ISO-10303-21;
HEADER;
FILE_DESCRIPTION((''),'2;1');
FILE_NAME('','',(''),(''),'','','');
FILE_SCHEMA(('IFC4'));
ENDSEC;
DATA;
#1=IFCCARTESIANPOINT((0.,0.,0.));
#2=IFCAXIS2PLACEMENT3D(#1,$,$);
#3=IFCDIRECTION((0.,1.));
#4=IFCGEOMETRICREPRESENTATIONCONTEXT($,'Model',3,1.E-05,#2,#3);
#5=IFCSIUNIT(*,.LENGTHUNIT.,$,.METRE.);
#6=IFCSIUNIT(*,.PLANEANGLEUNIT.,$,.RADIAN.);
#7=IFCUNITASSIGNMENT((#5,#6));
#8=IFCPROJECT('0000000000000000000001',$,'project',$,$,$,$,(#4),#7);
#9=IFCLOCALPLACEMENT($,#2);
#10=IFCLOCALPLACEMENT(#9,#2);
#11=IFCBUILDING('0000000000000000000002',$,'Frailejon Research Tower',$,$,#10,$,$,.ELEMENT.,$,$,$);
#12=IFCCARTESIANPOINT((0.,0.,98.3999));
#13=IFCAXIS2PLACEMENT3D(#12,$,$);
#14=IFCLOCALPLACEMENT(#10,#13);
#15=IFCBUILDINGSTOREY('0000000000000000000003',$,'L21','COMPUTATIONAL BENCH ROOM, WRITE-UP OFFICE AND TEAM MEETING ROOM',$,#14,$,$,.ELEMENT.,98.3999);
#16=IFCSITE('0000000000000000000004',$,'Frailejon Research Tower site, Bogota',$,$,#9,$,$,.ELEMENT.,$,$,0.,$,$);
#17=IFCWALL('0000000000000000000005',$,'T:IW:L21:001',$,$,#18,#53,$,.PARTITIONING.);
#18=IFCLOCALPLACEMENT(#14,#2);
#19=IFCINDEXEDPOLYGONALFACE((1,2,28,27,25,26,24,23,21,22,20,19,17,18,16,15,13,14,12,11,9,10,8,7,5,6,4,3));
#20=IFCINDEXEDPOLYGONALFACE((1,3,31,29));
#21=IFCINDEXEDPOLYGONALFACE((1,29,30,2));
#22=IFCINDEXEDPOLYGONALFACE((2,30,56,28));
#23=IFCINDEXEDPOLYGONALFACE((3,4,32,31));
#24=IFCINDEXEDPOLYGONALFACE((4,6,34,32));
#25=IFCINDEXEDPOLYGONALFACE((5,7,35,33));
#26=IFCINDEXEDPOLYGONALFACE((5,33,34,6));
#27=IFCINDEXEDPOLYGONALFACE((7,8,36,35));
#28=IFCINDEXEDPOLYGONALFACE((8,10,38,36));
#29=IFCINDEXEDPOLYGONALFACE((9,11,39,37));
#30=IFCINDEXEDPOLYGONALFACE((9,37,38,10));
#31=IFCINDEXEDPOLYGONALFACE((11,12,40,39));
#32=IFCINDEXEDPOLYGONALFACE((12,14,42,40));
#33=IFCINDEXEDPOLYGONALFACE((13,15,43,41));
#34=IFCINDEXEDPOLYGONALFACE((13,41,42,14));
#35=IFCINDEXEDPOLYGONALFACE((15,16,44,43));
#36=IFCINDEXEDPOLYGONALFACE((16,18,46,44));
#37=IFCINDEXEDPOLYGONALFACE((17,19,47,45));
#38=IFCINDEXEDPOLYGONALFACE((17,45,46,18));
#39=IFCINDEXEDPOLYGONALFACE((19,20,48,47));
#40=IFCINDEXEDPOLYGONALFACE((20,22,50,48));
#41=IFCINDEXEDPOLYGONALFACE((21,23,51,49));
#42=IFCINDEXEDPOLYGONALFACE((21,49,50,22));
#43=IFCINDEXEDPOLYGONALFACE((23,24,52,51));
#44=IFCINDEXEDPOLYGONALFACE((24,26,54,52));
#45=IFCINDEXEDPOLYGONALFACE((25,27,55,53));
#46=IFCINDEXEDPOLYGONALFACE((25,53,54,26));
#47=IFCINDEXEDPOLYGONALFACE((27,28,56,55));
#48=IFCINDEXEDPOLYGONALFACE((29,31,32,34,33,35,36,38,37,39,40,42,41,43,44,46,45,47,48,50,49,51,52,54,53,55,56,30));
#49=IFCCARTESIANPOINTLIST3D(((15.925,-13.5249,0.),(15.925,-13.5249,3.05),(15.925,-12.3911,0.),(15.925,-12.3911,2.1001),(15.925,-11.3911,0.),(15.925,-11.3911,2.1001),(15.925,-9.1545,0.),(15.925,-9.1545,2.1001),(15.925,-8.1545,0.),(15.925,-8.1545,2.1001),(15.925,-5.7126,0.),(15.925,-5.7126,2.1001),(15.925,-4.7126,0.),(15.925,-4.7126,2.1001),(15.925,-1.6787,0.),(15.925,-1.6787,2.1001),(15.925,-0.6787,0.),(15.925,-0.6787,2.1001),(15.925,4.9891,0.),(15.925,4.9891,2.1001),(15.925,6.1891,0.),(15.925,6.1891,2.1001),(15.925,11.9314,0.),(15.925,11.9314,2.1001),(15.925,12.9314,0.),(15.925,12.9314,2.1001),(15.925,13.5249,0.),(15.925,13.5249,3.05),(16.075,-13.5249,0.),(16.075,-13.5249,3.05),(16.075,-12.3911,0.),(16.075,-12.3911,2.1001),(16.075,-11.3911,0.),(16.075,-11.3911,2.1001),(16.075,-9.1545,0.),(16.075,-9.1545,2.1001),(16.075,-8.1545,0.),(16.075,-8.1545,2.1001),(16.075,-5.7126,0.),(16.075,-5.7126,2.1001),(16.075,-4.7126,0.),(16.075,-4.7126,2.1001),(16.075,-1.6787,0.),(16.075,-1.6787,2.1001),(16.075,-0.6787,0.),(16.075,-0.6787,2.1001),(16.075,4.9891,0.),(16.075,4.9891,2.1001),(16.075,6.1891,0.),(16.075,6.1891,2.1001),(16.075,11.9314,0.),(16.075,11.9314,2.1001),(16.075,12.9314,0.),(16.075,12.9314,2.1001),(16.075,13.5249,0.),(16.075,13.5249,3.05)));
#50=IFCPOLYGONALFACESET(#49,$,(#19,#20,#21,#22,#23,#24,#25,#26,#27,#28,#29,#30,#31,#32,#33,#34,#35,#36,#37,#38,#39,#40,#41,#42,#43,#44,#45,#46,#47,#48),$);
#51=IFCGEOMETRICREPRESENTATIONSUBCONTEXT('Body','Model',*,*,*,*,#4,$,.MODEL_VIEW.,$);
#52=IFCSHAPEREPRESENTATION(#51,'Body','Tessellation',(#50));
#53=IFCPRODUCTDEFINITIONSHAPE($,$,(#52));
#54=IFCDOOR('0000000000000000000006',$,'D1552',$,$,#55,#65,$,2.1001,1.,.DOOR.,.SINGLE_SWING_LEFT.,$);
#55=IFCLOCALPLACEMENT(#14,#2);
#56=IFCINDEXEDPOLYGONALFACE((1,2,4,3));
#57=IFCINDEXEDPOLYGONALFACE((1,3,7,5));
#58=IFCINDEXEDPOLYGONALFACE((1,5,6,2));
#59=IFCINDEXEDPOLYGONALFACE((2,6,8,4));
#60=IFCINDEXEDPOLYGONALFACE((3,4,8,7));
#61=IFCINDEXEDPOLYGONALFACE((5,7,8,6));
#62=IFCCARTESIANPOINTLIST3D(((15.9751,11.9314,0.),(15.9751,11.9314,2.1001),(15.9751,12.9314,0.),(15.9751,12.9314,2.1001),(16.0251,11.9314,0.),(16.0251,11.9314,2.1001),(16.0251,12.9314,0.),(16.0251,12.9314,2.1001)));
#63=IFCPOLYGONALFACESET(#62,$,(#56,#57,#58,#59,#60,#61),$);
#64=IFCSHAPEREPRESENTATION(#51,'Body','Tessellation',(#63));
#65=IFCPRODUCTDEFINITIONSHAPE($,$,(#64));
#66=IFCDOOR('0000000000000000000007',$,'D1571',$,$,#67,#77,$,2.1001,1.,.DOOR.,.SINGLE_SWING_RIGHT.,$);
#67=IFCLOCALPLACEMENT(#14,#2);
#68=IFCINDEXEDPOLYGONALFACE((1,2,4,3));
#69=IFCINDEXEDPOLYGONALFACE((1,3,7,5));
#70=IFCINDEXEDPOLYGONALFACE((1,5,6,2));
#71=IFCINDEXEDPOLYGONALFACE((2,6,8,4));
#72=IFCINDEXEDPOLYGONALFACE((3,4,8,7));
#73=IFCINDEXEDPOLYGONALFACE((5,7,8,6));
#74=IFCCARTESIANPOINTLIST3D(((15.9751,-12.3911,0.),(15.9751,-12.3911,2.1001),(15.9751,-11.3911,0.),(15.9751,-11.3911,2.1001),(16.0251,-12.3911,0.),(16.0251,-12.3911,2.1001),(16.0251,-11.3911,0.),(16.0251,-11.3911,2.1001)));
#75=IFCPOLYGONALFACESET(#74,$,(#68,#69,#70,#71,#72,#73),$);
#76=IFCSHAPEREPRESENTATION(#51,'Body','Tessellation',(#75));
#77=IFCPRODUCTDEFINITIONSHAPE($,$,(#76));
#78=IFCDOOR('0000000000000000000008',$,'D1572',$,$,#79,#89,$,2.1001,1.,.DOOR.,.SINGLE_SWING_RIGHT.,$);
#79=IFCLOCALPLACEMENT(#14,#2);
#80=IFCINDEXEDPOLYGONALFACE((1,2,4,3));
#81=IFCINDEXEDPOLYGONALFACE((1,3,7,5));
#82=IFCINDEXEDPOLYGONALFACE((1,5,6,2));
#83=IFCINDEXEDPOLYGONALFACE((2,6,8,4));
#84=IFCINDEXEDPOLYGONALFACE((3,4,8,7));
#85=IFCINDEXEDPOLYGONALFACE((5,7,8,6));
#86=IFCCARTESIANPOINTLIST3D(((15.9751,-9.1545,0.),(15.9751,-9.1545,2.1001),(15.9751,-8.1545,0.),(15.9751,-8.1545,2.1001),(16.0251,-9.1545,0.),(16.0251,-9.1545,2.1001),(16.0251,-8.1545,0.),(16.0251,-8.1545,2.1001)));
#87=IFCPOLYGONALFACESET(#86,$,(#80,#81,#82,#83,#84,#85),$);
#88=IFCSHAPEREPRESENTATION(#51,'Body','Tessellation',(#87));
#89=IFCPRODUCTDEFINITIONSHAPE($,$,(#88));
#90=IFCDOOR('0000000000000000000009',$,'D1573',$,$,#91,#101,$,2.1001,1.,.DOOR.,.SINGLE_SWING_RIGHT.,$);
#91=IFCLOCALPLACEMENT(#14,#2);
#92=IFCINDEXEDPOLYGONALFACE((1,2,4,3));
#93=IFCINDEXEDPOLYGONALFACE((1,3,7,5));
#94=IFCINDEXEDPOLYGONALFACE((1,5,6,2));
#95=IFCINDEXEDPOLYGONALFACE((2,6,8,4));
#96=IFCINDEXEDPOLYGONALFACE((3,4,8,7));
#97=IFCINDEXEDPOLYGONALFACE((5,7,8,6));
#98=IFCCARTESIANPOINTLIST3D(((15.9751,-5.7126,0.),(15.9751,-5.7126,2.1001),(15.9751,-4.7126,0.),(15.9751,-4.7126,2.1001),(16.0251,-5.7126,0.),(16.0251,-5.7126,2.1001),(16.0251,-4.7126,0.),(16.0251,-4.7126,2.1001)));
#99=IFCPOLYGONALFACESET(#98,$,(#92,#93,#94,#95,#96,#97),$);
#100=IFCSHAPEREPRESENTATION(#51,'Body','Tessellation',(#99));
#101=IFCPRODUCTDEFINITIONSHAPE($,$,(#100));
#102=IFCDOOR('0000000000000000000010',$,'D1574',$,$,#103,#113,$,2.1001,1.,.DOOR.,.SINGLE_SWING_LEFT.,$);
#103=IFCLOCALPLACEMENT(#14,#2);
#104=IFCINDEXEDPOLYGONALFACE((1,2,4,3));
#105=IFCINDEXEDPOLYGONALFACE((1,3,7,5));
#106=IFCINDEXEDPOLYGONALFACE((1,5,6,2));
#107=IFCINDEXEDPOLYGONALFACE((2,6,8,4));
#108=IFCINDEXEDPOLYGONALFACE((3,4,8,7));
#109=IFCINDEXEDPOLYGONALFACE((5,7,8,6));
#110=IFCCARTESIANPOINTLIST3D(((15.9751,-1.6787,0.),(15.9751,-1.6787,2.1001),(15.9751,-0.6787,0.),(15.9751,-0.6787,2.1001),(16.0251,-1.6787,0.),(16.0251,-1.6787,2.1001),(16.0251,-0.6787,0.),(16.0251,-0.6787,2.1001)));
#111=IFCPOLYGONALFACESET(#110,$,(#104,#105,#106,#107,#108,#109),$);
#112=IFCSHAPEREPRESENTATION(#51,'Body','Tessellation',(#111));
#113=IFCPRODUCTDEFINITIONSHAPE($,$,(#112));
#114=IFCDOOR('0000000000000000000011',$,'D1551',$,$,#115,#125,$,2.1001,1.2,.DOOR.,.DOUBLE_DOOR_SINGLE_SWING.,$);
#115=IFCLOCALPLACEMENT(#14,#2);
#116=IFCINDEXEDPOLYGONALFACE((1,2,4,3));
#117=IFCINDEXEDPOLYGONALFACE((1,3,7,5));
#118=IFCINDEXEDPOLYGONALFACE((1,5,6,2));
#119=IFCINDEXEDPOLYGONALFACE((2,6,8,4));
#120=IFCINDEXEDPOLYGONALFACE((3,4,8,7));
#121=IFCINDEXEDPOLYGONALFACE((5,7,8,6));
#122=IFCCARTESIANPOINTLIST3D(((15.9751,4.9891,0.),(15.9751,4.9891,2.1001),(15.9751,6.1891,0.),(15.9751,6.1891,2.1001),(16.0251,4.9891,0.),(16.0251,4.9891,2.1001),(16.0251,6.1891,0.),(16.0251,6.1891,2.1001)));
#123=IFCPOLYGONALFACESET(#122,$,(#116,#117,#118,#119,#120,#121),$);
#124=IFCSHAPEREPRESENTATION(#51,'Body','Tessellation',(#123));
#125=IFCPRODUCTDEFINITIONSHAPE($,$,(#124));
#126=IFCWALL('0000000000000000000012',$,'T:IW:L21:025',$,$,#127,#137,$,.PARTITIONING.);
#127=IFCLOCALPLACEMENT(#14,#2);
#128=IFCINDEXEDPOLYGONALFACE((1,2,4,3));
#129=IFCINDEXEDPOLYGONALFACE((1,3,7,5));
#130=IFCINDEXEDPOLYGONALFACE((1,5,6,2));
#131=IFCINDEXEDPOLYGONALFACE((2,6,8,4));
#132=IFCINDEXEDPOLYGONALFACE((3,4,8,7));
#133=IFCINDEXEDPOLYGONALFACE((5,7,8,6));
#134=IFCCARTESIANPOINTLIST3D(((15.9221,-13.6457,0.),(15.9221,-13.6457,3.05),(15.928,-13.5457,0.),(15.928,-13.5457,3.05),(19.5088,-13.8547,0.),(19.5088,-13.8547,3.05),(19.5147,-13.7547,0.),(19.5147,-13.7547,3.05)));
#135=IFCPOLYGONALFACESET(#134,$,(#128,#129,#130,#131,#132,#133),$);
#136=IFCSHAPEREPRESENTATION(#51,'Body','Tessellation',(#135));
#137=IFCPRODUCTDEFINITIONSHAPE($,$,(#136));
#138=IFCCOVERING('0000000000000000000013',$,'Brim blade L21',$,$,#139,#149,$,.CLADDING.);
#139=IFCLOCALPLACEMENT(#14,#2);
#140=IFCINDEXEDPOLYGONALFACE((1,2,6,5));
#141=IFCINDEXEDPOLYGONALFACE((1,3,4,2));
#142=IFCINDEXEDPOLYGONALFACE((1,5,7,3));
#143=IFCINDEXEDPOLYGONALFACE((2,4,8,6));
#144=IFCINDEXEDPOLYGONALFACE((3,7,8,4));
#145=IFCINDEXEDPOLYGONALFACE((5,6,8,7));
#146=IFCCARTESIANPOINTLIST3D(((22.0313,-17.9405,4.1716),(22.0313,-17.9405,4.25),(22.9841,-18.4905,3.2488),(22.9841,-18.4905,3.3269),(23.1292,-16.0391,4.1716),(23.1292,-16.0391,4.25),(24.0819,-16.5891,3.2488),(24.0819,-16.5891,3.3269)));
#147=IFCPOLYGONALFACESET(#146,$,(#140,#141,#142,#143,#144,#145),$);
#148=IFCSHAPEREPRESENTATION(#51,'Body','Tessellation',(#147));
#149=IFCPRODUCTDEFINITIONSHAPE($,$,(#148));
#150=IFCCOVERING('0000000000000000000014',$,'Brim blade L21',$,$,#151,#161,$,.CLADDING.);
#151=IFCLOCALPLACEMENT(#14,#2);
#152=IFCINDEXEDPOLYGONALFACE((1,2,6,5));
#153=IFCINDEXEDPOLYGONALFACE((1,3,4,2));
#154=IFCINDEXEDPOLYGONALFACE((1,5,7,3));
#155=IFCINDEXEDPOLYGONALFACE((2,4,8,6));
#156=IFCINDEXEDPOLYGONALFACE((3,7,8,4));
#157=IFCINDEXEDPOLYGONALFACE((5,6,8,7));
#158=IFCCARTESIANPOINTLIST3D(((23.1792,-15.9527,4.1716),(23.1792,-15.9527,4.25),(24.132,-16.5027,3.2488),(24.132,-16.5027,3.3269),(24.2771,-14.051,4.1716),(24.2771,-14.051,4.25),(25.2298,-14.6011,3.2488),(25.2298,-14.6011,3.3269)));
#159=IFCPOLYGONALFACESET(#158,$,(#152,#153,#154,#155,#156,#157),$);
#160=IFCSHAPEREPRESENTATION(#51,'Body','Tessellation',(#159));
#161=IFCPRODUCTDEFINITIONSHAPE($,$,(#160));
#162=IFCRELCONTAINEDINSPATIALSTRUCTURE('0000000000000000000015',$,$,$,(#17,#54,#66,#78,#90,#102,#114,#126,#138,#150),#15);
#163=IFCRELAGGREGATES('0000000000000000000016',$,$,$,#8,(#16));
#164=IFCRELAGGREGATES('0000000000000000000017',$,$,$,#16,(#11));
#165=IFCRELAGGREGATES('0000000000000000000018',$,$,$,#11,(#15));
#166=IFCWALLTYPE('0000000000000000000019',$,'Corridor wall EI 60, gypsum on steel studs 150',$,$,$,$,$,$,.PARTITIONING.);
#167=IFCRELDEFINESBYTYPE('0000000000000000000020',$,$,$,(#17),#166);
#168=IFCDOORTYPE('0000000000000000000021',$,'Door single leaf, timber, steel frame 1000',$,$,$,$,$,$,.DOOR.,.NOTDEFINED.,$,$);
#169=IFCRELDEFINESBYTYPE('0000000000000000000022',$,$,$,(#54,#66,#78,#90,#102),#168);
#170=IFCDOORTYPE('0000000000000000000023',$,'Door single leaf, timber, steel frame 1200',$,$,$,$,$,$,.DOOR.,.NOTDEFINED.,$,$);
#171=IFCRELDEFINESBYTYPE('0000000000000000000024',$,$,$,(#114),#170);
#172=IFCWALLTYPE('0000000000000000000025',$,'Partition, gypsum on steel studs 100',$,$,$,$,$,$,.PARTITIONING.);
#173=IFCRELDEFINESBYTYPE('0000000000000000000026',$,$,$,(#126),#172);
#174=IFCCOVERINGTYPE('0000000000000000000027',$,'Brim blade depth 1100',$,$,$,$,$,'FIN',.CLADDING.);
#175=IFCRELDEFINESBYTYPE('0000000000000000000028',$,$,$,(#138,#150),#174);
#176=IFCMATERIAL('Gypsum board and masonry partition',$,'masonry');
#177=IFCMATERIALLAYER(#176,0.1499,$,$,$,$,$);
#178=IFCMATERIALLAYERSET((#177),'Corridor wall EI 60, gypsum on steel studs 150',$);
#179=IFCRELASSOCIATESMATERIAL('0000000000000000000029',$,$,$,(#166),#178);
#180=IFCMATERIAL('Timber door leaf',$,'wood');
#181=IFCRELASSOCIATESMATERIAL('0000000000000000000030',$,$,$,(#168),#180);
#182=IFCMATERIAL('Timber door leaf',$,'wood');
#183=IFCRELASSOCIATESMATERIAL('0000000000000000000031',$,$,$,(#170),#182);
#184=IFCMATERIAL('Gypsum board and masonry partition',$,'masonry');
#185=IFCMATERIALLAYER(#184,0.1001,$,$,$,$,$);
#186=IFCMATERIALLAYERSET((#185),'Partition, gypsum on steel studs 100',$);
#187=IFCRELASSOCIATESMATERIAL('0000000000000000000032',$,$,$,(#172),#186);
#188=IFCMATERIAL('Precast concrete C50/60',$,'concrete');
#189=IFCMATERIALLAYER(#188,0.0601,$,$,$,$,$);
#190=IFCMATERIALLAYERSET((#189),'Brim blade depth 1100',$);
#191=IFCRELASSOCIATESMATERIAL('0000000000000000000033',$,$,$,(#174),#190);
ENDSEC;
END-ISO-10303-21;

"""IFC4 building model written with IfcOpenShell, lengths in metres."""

from ifc_helpers import new_model, si_unit, direction, frame, frame_2d, origin, place, context, subcontext, project, spatial, polyline, rectangle, outline, extrude, material, layer, layer_set, type_object, element, fill, save


model = new_model("IFC4")

# Units and contexts
model_context = context("Model", 3, precision=1e-05, world=origin(), true_north=direction((0.0, 1.0)))
body_context = subcontext(model_context, "Body", "Model", "MODEL_VIEW")
ifc_project = project(units=[si_unit("LENGTHUNIT", "METRE"), si_unit("PLANEANGLEUNIT", "RADIAN")], contexts=[model_context])

# Site, building, storey
site_placement = place(None, origin())
site = spatial("IfcSite", under=ifc_project, at=site_placement, Name="Frailejon Research Tower site, Bogota", CompositionType="ELEMENT", RefElevation=0.0)
building_placement = place(site_placement, origin())
building = spatial("IfcBuilding", under=site, at=building_placement, Name="Frailejon Research Tower", CompositionType="ELEMENT")
storey_placement = place(building_placement, frame((0.0, 0.0, 98.3999)))
storey = spatial("IfcBuildingStorey", under=building, at=storey_placement, Name="L21", Description="COMPUTATIONAL BENCH ROOM, WRITE-UP OFFICE AND TEAM MEETING ROOM", CompositionType="ELEMENT", Elevation=98.3999)

# Wall, openings, doors
ifc_material_1 = material(Name="Gypsum board and masonry partition", Category="masonry")
ifc_layer_1 = layer(ifc_material_1, 0.1499)
ifc_layer_set_1 = layer_set([ifc_layer_1], Name="Corridor wall EI 60, gypsum on steel studs 150")
wall_type_1 = type_object("IfcWallType", Name="Corridor wall EI 60, gypsum on steel studs 150", PredefinedType="PARTITIONING", material=ifc_layer_set_1)
wall_1_placement = place(storey_placement, frame((16.0, -13.5249, 0.0), z_axis=(0.0, 0.0, 1.0), x_axis=(0.0, 1.0, 0.0)))
wall_1 = element("IfcWall", 1, at=wall_1_placement, inside=storey, type_object=wall_type_1, Name="T:IW:L21:001", PredefinedType="PARTITIONING", context=body_context, shape_type="SweptSolid", body=[
    extrude(rectangle(XDim=27.0498, YDim=0.1499, at=frame_2d((13.5249, 0.0))), origin(), (0.0, 0.0, 1.0), 3.05),
])
opening_1_placement = place(wall_1_placement, frame((18.5139, 0.0, 0.0)))
opening_1 = element("IfcOpeningElement", 2, at=opening_1_placement, cuts=wall_1, PredefinedType="OPENING", context=body_context, shape_type="SweptSolid", body=[
    extrude(rectangle(XDim=1.2, YDim=2.1001, at=frame_2d((0.6001, 1.05))), frame((0.0, 0.085, 0.0), z_axis=(0.0, -1.0, 0.0), x_axis=(1.0, 0.0, 0.0)), (0.0, 0.0, 1.0), 0.1699),
])
opening_2_placement = place(wall_1_placement, frame((25.4563, 0.0, 0.0)))
opening_2 = element("IfcOpeningElement", 3, at=opening_2_placement, cuts=wall_1, PredefinedType="OPENING", context=body_context, shape_type="SweptSolid", body=[
    extrude(rectangle(XDim=1.0, YDim=2.1001, at=frame_2d((0.5, 1.05))), frame((0.0, 0.085, 0.0), z_axis=(0.0, -1.0, 0.0), x_axis=(1.0, 0.0, 0.0)), (0.0, 0.0, 1.0), 0.1699),
])
opening_3_placement = place(wall_1_placement, frame((1.1338, 0.0, 0.0)))
opening_3 = element("IfcOpeningElement", 4, at=opening_3_placement, cuts=wall_1, PredefinedType="OPENING", context=body_context, shape_type="SweptSolid", body=[
    extrude(rectangle(XDim=1.0, YDim=2.1001, at=frame_2d((0.5, 1.05))), frame((0.0, 0.085, 0.0), z_axis=(0.0, -1.0, 0.0), x_axis=(1.0, 0.0, 0.0)), (0.0, 0.0, 1.0), 0.1699),
])
opening_4_placement = place(wall_1_placement, frame((4.3704, 0.0, 0.0)))
opening_4 = element("IfcOpeningElement", 5, at=opening_4_placement, cuts=wall_1, PredefinedType="OPENING", context=body_context, shape_type="SweptSolid", body=[
    extrude(rectangle(XDim=1.0, YDim=2.1001, at=frame_2d((0.5, 1.05))), frame((0.0, 0.085, 0.0), z_axis=(0.0, -1.0, 0.0), x_axis=(1.0, 0.0, 0.0)), (0.0, 0.0, 1.0), 0.1699),
])
opening_5_placement = place(wall_1_placement, frame((7.8123, 0.0, 0.0)))
opening_5 = element("IfcOpeningElement", 6, at=opening_5_placement, cuts=wall_1, PredefinedType="OPENING", context=body_context, shape_type="SweptSolid", body=[
    extrude(rectangle(XDim=1.0, YDim=2.1001, at=frame_2d((0.5, 1.05))), frame((0.0, 0.085, 0.0), z_axis=(0.0, -1.0, 0.0), x_axis=(1.0, 0.0, 0.0)), (0.0, 0.0, 1.0), 0.1699),
])
opening_6_placement = place(wall_1_placement, frame((11.8462, 0.0, 0.0)))
opening_6 = element("IfcOpeningElement", 7, at=opening_6_placement, cuts=wall_1, PredefinedType="OPENING", context=body_context, shape_type="SweptSolid", body=[
    extrude(rectangle(XDim=1.0, YDim=2.1001, at=frame_2d((0.5, 1.05))), frame((0.0, 0.085, 0.0), z_axis=(0.0, -1.0, 0.0), x_axis=(1.0, 0.0, 0.0)), (0.0, 0.0, 1.0), 0.1699),
])
ifc_material_2 = material(Name="Timber door leaf", Category="wood")
door_type_1 = type_object("IfcDoorType", Name="Door single leaf, timber, steel frame 1000", OperationType="NOTDEFINED", PredefinedType="DOOR", material=ifc_material_2)
door_1_placement = place(opening_2_placement, origin())
door_1 = element("IfcDoor", 8, at=door_1_placement, inside=storey, type_object=door_type_1, Name="D1552", OperationType="SINGLE_SWING_LEFT", OverallHeight=2.1001, OverallWidth=1.0, PredefinedType="DOOR", context=body_context, shape_type="SweptSolid", body=[
    extrude(rectangle(XDim=1.0, YDim=2.1001, at=frame_2d((0.5, 1.05))), frame((0.0, 0.0249, 0.0), z_axis=(0.0, -1.0, 0.0), x_axis=(1.0, 0.0, 0.0)), (0.0, 0.0, 1.0), 0.05),
])
fill(opening_2, door_1)
door_2_placement = place(opening_3_placement, origin())
door_2 = element("IfcDoor", 9, at=door_2_placement, inside=storey, type_object=door_type_1, Name="D1571", OperationType="SINGLE_SWING_RIGHT", OverallHeight=2.1001, OverallWidth=1.0, PredefinedType="DOOR", context=body_context, shape_type="SweptSolid", body=[
    extrude(rectangle(XDim=1.0, YDim=2.1001, at=frame_2d((0.5, 1.05))), frame((0.0, 0.0249, 0.0), z_axis=(0.0, -1.0, 0.0), x_axis=(1.0, 0.0, 0.0)), (0.0, 0.0, 1.0), 0.05),
])
fill(opening_3, door_2)
door_3_placement = place(opening_4_placement, origin())
door_3 = element("IfcDoor", 10, at=door_3_placement, inside=storey, type_object=door_type_1, Name="D1572", OperationType="SINGLE_SWING_RIGHT", OverallHeight=2.1001, OverallWidth=1.0, PredefinedType="DOOR", context=body_context, shape_type="SweptSolid", body=[
    extrude(rectangle(XDim=1.0, YDim=2.1001, at=frame_2d((0.5, 1.05))), frame((0.0, 0.0249, 0.0), z_axis=(0.0, -1.0, 0.0), x_axis=(1.0, 0.0, 0.0)), (0.0, 0.0, 1.0), 0.05),
])
fill(opening_4, door_3)
door_4_placement = place(opening_5_placement, origin())
door_4 = element("IfcDoor", 11, at=door_4_placement, inside=storey, type_object=door_type_1, Name="D1573", OperationType="SINGLE_SWING_RIGHT", OverallHeight=2.1001, OverallWidth=1.0, PredefinedType="DOOR", context=body_context, shape_type="SweptSolid", body=[
    extrude(rectangle(XDim=1.0, YDim=2.1001, at=frame_2d((0.5, 1.05))), frame((0.0, 0.0249, 0.0), z_axis=(0.0, -1.0, 0.0), x_axis=(1.0, 0.0, 0.0)), (0.0, 0.0, 1.0), 0.05),
])
fill(opening_5, door_4)
door_5_placement = place(opening_6_placement, origin())
door_5 = element("IfcDoor", 12, at=door_5_placement, inside=storey, type_object=door_type_1, Name="D1574", OperationType="SINGLE_SWING_LEFT", OverallHeight=2.1001, OverallWidth=1.0, PredefinedType="DOOR", context=body_context, shape_type="SweptSolid", body=[
    extrude(rectangle(XDim=1.0, YDim=2.1001, at=frame_2d((0.5, 1.05))), frame((0.0, 0.0249, 0.0), z_axis=(0.0, -1.0, 0.0), x_axis=(1.0, 0.0, 0.0)), (0.0, 0.0, 1.0), 0.05),
])
fill(opening_6, door_5)
ifc_material_3 = material(Name="Timber door leaf", Category="wood")
door_type_2 = type_object("IfcDoorType", Name="Door single leaf, timber, steel frame 1200", OperationType="NOTDEFINED", PredefinedType="DOOR", material=ifc_material_3)
door_6_placement = place(opening_1_placement, origin())
door_6 = element("IfcDoor", 13, at=door_6_placement, inside=storey, type_object=door_type_2, Name="D1551", OperationType="DOUBLE_DOOR_SINGLE_SWING", OverallHeight=2.1001, OverallWidth=1.2, PredefinedType="DOOR", context=body_context, shape_type="SweptSolid", body=[
    extrude(rectangle(XDim=1.2, YDim=2.1001, at=frame_2d((0.6001, 1.05))), frame((0.0, 0.0249, 0.0), z_axis=(0.0, -1.0, 0.0), x_axis=(1.0, 0.0, 0.0)), (0.0, 0.0, 1.0), 0.05),
])
fill(opening_1, door_6)

# Wall
ifc_material_4 = material(Name="Gypsum board and masonry partition", Category="masonry")
ifc_layer_2 = layer(ifc_material_4, 0.1001)
ifc_layer_set_2 = layer_set([ifc_layer_2], Name="Partition, gypsum on steel studs 100")
wall_type_2 = type_object("IfcWallType", Name="Partition, gypsum on steel studs 100", PredefinedType="PARTITIONING", material=ifc_layer_set_2)
wall_2_placement = place(storey_placement, frame((15.925, -13.5957, 0.0), z_axis=(0.0, 0.0, 1.0), x_axis=(0.998307, -0.058168, 0.0)))
element("IfcWall", 14, at=wall_2_placement, inside=storey, type_object=wall_type_2, Name="T:IW:L21:025", PredefinedType="PARTITIONING", context=body_context, shape_type="SweptSolid", body=[
    extrude(rectangle(XDim=3.5928, YDim=0.1001, at=frame_2d((1.7964, 0.0))), origin(), (0.0, 0.0, 1.0), 3.05),
])

# Coverings
ifc_material_5 = material(Name="Precast concrete C50/60", Category="concrete")
ifc_layer_3 = layer(ifc_material_5, 0.0601)
ifc_layer_set_3 = layer_set([ifc_layer_3], Name="Brim blade depth 1100")
covering_type_1 = type_object("IfcCoveringType", Name="Brim blade depth 1100", ElementType="FIN", PredefinedType="CLADDING", material=ifc_layer_set_3)
covering_1_placement = place(storey_placement, frame((23.1292, -16.0391, 4.25), z_axis=(-0.500012, -0.866018, 0.0), x_axis=(0.866018, -0.500012, 0.0)))
element("IfcCovering", 15, at=covering_1_placement, inside=storey, type_object=covering_type_1, Name="Brim blade L21", PredefinedType="CLADDING", context=body_context, shape_type="SweptSolid", body=[
    extrude(outline(polyline([(0.0, -0.0784), (1.1001, -1.0012), (1.1001, -0.9231), (0.0, 0.0), (0.0, -0.0784)])), origin(), (0.0, 0.0, 1.0), 2.1956),
])
covering_2_placement = place(storey_placement, frame((24.2771, -14.051, 4.25), z_axis=(-0.499986, -0.866033, 0.0), x_axis=(0.866033, -0.499986, 0.0)))
element("IfcCovering", 16, at=covering_2_placement, inside=storey, type_object=covering_type_1, Name="Brim blade L21", PredefinedType="CLADDING", context=body_context, shape_type="SweptSolid", body=[
    extrude(outline(polyline([(0.0, -0.0784), (1.1001, -1.0012), (1.1001, -0.9231), (0.0, 0.0), (0.0, -0.0784)])), origin(), (0.0, 0.0, 1.0), 2.1958),
])

save(model, "model.ifc")
